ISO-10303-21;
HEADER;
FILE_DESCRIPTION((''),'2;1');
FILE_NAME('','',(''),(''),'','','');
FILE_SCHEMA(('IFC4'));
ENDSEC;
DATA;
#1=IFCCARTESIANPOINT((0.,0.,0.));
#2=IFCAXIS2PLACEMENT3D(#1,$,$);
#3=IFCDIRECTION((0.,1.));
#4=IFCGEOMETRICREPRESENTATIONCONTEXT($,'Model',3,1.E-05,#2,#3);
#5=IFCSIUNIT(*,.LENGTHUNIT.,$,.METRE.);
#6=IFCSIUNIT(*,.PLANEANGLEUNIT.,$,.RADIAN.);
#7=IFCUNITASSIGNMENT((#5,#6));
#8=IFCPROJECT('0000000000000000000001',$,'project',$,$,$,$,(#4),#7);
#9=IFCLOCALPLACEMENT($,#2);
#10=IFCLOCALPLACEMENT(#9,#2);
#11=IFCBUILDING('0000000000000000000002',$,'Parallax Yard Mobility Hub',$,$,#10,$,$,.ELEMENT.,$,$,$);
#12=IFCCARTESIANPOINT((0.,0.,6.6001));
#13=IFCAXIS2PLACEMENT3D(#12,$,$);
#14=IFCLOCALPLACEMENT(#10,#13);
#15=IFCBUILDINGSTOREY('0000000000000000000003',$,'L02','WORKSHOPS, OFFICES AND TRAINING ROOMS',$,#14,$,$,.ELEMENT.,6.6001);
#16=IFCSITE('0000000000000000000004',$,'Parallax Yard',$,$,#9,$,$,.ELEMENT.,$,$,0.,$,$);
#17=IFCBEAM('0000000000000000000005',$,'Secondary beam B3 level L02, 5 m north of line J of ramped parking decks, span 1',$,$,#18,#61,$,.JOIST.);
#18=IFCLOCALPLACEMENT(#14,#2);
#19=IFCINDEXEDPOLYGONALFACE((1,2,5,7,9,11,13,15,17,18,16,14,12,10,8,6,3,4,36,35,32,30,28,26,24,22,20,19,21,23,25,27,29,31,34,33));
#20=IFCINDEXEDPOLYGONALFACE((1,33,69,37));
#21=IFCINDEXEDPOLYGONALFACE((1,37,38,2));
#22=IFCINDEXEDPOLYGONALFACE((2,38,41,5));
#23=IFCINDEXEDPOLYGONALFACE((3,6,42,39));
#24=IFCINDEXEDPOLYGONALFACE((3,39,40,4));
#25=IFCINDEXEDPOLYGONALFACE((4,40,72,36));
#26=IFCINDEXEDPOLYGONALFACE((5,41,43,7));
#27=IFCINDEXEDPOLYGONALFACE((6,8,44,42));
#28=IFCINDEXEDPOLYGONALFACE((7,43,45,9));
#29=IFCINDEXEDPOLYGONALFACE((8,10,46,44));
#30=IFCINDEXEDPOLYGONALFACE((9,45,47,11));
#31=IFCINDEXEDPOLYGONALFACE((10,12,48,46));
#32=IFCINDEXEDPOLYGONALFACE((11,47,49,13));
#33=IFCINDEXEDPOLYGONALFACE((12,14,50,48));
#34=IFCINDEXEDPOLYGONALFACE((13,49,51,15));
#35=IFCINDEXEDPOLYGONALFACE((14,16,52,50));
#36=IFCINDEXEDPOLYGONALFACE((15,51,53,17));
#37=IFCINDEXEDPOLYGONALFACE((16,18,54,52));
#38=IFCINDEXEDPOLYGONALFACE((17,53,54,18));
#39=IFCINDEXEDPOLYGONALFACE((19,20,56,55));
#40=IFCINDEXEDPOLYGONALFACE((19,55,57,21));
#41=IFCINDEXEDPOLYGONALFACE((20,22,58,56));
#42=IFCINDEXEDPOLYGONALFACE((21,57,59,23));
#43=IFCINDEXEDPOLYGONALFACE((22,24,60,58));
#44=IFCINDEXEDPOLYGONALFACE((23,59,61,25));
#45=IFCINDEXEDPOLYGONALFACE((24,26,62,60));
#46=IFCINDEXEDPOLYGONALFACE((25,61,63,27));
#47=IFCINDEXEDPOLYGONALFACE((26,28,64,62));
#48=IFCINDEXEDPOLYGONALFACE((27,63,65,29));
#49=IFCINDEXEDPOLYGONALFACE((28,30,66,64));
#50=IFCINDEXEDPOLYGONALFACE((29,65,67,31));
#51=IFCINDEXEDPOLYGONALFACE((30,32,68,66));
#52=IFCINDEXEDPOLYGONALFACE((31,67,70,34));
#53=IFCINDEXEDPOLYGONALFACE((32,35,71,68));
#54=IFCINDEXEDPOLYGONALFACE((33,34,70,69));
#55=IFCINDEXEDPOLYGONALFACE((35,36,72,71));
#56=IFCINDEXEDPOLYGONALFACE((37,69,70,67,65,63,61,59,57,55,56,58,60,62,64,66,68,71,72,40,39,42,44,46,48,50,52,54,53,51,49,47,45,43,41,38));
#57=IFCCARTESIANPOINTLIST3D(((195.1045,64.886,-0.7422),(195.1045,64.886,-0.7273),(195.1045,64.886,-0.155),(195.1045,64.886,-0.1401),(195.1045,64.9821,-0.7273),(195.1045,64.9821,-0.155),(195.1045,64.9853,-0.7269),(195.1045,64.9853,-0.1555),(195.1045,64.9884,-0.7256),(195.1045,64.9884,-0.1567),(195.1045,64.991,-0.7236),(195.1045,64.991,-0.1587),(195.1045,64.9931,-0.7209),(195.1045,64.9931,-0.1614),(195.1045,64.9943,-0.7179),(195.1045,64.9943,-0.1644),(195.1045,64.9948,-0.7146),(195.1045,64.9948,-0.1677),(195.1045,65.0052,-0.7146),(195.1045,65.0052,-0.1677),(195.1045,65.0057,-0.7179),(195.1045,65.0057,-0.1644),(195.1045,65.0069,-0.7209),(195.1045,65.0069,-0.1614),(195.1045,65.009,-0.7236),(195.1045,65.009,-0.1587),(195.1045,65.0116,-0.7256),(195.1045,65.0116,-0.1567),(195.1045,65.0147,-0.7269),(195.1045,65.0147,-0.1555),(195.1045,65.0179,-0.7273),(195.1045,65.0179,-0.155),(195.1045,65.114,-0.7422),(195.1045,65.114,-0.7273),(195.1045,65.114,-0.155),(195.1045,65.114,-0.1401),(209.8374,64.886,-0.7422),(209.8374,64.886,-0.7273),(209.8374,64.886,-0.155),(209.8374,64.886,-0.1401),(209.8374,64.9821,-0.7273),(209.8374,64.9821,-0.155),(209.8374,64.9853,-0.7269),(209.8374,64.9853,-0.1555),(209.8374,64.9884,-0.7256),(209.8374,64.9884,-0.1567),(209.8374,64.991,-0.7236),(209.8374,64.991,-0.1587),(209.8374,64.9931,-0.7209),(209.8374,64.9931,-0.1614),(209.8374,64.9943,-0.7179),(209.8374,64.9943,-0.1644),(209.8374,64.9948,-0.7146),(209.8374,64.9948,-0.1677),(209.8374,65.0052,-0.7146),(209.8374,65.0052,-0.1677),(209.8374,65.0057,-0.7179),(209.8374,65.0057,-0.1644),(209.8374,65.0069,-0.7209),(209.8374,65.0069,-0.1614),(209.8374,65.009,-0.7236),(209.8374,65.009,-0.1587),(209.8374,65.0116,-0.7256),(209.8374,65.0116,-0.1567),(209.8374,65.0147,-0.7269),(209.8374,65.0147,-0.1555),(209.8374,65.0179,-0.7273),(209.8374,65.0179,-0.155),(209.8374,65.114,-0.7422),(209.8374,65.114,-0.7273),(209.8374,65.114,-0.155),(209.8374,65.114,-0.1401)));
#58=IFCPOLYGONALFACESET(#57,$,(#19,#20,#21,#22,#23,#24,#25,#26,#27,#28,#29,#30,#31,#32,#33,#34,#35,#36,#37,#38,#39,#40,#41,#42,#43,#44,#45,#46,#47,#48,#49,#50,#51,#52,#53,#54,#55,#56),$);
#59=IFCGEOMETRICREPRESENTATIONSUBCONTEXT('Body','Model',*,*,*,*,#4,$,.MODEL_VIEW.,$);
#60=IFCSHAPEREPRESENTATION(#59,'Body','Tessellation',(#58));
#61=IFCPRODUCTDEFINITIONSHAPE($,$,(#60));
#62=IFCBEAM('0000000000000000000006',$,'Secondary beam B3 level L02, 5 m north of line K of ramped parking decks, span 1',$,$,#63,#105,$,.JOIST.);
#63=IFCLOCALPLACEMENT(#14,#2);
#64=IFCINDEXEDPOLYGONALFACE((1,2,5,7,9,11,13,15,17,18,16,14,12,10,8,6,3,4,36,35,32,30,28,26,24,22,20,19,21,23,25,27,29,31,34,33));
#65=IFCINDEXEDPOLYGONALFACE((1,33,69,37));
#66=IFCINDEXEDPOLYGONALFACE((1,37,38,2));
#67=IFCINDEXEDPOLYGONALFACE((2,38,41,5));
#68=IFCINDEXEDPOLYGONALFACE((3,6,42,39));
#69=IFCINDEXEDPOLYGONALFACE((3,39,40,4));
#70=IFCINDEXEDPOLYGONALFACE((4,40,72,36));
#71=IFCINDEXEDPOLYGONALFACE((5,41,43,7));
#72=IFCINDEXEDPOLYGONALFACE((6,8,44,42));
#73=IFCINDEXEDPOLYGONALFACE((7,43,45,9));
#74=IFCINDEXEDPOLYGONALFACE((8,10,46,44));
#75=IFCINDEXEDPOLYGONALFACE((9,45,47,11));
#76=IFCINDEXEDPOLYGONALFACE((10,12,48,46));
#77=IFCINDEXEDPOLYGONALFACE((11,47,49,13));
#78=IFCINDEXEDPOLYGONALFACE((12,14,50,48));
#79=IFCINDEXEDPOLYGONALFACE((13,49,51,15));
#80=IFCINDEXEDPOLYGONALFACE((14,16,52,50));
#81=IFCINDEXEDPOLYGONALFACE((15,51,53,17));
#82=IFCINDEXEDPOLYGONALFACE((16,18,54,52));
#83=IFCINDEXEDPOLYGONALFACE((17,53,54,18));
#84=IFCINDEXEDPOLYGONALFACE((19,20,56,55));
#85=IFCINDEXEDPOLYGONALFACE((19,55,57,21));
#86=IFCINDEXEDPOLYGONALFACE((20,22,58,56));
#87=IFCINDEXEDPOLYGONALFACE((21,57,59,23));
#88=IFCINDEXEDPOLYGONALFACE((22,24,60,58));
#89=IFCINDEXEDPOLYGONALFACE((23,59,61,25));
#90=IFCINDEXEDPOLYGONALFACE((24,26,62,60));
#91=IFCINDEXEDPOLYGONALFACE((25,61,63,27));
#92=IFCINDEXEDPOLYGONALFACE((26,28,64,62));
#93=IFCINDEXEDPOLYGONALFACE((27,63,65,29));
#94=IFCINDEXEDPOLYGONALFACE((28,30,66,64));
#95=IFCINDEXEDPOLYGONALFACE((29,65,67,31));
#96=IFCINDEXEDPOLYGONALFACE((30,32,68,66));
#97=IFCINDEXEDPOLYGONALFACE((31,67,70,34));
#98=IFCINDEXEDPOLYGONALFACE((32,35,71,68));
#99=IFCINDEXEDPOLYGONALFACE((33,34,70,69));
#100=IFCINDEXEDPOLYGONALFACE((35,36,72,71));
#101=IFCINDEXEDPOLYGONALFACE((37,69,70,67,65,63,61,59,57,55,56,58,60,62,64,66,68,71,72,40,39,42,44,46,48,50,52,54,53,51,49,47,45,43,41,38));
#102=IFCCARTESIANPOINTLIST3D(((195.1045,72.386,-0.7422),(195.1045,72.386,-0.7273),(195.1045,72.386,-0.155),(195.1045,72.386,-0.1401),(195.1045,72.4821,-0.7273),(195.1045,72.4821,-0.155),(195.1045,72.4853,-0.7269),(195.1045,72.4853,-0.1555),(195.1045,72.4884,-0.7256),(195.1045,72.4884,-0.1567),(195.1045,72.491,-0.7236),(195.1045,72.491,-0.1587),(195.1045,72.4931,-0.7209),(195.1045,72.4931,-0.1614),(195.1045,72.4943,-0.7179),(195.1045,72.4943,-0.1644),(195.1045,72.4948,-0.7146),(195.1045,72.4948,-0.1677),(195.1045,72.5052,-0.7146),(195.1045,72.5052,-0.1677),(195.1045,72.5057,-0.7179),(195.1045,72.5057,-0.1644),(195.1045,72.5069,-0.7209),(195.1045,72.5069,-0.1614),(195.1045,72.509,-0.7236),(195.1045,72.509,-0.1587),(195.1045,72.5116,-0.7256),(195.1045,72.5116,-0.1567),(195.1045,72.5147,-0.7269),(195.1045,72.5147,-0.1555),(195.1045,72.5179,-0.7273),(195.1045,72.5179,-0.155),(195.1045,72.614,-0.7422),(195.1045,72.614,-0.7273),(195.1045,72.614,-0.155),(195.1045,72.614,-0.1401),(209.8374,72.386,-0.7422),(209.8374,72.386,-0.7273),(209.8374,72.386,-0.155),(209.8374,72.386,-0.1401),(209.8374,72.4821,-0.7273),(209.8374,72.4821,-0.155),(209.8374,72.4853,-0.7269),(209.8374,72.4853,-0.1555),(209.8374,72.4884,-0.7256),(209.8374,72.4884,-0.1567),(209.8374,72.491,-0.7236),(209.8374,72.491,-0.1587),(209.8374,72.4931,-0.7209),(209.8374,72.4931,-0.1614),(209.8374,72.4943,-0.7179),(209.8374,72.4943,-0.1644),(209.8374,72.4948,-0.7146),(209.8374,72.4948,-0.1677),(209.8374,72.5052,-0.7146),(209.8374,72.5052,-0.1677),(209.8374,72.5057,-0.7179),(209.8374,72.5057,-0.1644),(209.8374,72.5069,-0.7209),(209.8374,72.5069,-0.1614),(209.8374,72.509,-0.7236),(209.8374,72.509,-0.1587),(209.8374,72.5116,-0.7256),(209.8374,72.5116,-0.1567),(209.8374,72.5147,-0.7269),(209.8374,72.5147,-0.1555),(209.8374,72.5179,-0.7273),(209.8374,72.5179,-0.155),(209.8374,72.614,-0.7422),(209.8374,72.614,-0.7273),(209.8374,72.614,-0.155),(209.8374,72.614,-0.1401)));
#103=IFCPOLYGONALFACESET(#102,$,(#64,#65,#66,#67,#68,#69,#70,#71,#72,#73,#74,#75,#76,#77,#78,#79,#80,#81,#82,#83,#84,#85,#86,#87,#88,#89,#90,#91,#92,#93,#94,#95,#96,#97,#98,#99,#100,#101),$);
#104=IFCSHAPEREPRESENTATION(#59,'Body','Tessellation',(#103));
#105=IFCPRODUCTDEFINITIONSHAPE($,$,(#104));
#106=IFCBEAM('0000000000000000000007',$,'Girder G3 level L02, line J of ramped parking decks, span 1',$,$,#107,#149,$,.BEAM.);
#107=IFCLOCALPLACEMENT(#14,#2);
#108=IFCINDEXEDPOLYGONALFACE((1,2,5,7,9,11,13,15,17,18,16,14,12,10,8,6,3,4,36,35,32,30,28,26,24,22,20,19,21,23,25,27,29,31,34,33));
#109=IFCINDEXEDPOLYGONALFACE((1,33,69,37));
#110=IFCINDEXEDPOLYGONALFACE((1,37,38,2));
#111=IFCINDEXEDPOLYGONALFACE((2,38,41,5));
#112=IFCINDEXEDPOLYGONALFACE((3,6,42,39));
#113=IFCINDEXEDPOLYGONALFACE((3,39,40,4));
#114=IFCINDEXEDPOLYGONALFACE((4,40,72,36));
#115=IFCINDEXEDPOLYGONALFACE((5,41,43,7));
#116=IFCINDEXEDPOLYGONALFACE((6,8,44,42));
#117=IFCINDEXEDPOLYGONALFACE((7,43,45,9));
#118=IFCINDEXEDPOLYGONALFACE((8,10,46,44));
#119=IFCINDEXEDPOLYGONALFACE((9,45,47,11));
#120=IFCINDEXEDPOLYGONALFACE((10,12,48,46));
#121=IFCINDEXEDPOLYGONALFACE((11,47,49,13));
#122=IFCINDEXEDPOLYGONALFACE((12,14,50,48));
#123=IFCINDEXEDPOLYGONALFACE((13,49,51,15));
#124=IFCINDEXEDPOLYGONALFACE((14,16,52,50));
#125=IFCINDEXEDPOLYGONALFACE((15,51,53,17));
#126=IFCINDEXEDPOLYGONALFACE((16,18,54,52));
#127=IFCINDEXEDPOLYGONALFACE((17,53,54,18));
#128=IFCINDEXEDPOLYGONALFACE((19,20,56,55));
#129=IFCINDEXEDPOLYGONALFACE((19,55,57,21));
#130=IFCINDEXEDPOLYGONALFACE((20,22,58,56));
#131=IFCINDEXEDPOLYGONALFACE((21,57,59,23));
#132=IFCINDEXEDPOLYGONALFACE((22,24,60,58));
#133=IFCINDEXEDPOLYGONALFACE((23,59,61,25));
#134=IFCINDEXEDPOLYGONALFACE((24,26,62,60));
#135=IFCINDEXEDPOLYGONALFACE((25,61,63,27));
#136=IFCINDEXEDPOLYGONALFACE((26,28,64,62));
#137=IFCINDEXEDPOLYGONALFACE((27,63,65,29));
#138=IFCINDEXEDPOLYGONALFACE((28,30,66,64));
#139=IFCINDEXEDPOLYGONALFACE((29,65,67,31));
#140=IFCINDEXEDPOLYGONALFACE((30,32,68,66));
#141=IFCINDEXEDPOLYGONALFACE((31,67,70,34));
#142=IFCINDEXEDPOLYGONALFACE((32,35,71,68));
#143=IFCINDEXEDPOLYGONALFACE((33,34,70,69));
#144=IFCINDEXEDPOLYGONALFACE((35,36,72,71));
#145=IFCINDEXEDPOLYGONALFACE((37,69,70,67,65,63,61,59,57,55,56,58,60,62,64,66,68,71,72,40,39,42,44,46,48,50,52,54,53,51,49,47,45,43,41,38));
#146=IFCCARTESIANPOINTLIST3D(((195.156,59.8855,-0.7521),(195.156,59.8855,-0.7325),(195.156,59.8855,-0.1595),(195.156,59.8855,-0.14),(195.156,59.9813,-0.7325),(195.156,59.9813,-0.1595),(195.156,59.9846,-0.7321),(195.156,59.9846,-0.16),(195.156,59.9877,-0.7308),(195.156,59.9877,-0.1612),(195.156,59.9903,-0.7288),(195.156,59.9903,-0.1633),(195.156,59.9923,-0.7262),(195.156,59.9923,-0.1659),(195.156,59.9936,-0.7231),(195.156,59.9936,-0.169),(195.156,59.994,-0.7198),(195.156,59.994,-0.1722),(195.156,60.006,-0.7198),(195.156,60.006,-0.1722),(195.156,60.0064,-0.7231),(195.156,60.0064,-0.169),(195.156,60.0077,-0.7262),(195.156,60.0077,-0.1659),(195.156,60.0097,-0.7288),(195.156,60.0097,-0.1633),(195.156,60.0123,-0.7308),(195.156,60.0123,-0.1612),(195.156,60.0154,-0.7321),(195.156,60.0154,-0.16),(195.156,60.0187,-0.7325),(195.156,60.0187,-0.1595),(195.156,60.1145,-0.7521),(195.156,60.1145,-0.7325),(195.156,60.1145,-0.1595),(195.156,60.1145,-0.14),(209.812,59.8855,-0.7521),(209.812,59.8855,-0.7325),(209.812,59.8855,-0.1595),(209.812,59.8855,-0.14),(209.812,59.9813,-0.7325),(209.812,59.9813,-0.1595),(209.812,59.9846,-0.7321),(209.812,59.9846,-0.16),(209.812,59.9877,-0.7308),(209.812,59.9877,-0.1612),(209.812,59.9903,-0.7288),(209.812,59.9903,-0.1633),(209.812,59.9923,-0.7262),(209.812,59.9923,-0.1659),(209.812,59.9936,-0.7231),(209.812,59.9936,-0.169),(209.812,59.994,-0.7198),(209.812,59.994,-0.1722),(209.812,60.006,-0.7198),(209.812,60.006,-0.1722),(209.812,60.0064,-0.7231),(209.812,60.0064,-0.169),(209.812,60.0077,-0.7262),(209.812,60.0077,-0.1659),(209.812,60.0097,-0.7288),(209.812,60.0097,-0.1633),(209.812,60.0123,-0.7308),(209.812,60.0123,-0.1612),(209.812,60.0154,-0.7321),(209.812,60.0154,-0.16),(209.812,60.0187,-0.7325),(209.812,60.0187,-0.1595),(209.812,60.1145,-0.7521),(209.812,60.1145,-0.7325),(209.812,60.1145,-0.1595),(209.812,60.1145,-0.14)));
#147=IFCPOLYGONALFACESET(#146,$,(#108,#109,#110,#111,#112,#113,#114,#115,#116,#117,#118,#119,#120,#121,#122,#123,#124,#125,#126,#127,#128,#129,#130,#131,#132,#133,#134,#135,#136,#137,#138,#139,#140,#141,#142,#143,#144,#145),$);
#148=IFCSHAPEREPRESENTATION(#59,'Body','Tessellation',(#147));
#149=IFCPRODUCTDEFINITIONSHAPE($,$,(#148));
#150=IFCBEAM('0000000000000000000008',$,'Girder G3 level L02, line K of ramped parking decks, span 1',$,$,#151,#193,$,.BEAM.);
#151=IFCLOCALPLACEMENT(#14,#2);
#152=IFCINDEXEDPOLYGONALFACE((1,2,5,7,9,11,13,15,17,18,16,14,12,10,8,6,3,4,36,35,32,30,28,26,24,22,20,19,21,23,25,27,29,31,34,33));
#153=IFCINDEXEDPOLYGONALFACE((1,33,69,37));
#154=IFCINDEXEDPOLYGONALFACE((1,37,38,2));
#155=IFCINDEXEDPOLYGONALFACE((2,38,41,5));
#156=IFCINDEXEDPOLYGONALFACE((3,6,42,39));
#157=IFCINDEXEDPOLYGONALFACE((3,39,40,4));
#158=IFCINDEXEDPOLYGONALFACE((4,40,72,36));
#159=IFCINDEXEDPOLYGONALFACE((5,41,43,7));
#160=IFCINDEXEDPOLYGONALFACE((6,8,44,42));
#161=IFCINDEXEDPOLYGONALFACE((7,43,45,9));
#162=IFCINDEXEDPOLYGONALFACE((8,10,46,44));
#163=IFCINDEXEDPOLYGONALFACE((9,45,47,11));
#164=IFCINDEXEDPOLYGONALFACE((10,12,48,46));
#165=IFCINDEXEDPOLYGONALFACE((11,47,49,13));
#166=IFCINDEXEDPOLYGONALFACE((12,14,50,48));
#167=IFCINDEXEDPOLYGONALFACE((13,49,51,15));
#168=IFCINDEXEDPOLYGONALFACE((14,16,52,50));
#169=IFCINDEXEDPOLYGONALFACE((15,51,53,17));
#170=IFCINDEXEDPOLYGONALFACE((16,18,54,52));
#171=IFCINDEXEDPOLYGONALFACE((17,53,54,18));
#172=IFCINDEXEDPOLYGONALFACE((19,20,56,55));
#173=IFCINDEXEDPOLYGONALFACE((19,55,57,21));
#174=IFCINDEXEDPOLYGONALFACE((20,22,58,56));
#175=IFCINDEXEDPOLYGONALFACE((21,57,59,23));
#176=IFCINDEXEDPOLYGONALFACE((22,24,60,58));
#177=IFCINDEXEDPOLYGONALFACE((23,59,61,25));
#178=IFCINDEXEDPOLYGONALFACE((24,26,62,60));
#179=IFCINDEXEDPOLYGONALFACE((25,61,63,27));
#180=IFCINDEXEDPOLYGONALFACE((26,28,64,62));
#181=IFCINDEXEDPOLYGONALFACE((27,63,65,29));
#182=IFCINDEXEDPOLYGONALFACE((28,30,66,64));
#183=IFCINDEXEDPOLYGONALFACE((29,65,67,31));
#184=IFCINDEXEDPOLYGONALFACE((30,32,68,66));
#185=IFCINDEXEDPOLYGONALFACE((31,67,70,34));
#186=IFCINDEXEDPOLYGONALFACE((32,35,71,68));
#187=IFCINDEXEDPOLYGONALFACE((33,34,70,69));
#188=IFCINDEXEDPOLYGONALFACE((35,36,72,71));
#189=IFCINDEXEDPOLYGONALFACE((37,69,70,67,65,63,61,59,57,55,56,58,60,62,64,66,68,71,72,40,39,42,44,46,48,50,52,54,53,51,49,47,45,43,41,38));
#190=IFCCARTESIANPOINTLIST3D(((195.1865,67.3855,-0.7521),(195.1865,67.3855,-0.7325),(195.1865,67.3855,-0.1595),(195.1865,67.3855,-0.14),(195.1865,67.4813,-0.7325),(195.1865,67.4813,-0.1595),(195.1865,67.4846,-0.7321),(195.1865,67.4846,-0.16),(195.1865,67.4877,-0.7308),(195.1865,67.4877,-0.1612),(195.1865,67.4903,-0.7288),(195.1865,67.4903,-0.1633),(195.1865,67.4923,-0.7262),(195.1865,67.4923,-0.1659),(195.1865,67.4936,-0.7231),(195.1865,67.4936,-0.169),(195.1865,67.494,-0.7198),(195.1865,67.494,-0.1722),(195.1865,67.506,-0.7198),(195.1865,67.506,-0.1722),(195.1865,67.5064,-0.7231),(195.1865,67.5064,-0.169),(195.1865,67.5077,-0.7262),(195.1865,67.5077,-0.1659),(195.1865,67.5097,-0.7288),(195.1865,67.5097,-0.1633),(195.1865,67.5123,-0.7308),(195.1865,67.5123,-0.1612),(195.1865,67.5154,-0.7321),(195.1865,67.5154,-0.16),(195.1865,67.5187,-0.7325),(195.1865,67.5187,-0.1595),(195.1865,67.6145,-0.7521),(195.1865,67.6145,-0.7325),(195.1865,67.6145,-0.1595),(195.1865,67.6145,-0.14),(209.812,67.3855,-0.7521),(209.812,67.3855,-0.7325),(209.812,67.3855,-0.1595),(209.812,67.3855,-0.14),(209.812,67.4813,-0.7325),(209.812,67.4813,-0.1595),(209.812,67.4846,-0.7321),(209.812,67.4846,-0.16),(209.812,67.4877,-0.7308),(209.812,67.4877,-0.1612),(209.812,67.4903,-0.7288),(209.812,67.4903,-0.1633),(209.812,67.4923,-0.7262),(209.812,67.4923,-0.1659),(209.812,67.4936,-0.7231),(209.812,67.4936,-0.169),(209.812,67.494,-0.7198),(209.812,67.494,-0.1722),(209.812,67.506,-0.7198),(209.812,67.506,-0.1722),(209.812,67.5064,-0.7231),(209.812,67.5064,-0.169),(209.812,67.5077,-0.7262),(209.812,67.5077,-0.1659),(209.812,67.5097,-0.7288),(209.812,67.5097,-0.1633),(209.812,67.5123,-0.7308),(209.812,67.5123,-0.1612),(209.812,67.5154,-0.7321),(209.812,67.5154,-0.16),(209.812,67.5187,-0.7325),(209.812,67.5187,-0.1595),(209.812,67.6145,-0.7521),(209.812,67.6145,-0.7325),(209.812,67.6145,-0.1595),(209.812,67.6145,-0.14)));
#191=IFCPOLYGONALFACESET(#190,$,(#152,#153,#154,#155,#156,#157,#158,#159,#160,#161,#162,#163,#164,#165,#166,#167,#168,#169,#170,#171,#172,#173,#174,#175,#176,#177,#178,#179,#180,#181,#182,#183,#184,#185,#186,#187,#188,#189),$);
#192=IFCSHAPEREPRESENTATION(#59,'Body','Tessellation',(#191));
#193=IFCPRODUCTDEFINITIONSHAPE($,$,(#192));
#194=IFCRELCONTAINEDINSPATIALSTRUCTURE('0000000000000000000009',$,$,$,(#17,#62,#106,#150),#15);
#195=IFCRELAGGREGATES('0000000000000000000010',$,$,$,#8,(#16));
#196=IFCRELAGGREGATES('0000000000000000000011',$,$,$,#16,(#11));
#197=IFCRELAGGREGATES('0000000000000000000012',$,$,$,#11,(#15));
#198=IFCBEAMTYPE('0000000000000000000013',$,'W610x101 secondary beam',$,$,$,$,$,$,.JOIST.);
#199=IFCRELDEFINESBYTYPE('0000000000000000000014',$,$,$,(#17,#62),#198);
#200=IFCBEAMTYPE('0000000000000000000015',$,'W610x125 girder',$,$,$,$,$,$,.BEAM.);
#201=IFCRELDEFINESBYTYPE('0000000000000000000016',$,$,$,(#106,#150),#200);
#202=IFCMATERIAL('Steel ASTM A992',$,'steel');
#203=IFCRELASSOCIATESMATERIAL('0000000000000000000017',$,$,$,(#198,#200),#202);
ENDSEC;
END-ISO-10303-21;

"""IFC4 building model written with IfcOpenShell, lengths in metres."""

from ifc_helpers import new_model, si_unit, direction, frame, origin, origin_2d, place, context, subcontext, project, spatial, i_section, extrude, material, material_profile, profile_set, type_object, element, save


model = new_model("IFC4")

# Units and contexts
model_context = context("Model", 3, precision=1e-05, world=origin(), true_north=direction((0.0, 1.0)))
body_context = subcontext(model_context, "Body", "Model", "MODEL_VIEW")
ifc_project = project(units=[si_unit("LENGTHUNIT", "METRE"), si_unit("PLANEANGLEUNIT", "RADIAN")], contexts=[model_context])

# Site, building, storey
site_placement = place(None, origin())
site = spatial("IfcSite", under=ifc_project, at=site_placement, Name="Parallax Yard", CompositionType="ELEMENT", RefElevation=0.0)
building_placement = place(site_placement, origin())
building = spatial("IfcBuilding", under=site, at=building_placement, Name="Parallax Yard Mobility Hub", CompositionType="ELEMENT")
storey_placement = place(building_placement, frame((0.0, 0.0, 6.6001)))
storey = spatial("IfcBuildingStorey", under=building, at=storey_placement, Name="L02", Description="WORKSHOPS, OFFICES AND TRAINING ROOMS", CompositionType="ELEMENT", Elevation=6.6001)

# Shared definitions
ifc_material_1 = material(Name="Steel ASTM A992", Category="steel")

# Beams
ifc_material_profile_1 = material_profile(ifc_material_1, i_section(OverallWidth=0.228, OverallDepth=0.6021, WebThickness=0.0105, FlangeThickness=0.0149, FilletRadius=0.0127, at=origin_2d()), Name="W610x101")
ifc_profile_set_1 = profile_set([ifc_material_profile_1], Name="Steel ASTM A992")
beam_type_1 = type_object("IfcBeamType", Name="W610x101 secondary beam", PredefinedType="JOIST", material=ifc_profile_set_1)
for number, where, z_axis, x_axis, name in (
    (1, (195.1045, 65.0, -0.4412), (1.0, 0.0, 0.0), (0.0, 1.0, 0.0), "Secondary beam B3 level L02, 5 m north of line J of ramped parking decks, span 1"),
    (2, (195.1045, 72.5, -0.4412), (1.0, 0.0, 0.0), (0.0, 1.0, 0.0), "Secondary beam B3 level L02, 5 m north of line K of ramped parking decks, span 1"),
):
    element("IfcBeam", number, at=place(storey_placement, frame(where, z_axis=z_axis, x_axis=x_axis)), inside=storey, type_object=beam_type_1, Name=name, PredefinedType="JOIST", context=body_context, shape_type="SweptSolid", body=[
        extrude(i_section(OverallWidth=0.228, OverallDepth=0.6021, WebThickness=0.0105, FlangeThickness=0.0149, FilletRadius=0.0127, at=origin_2d()), origin(), (0.0, 0.0, 1.0), 14.7329),
    ])
ifc_material_profile_2 = material_profile(ifc_material_1, i_section(OverallWidth=0.229, OverallDepth=0.6121, WebThickness=0.012, FlangeThickness=0.0195, FilletRadius=0.0127, at=origin_2d()), Name="W610x125")
ifc_profile_set_2 = profile_set([ifc_material_profile_2], Name="Steel ASTM A992")
beam_type_2 = type_object("IfcBeamType", Name="W610x125 girder", PredefinedType="BEAM", material=ifc_profile_set_2)
beam_1_placement = place(storey_placement, frame((195.156, 60.0, -0.446), z_axis=(1.0, 0.0, 0.0), x_axis=(0.0, 1.0, 0.0)))
element("IfcBeam", 3, at=beam_1_placement, inside=storey, type_object=beam_type_2, Name="Girder G3 level L02, line J of ramped parking decks, span 1", PredefinedType="BEAM", context=body_context, shape_type="SweptSolid", body=[
    extrude(i_section(OverallWidth=0.229, OverallDepth=0.6121, WebThickness=0.012, FlangeThickness=0.0195, FilletRadius=0.0127, at=origin_2d()), origin(), (0.0, 0.0, 1.0), 14.656),
])
beam_2_placement = place(storey_placement, frame((195.1865, 67.5, -0.446), z_axis=(1.0, 0.0, 0.0), x_axis=(0.0, 1.0, 0.0)))
element("IfcBeam", 4, at=beam_2_placement, inside=storey, type_object=beam_type_2, Name="Girder G3 level L02, line K of ramped parking decks, span 1", PredefinedType="BEAM", context=body_context, shape_type="SweptSolid", body=[
    extrude(i_section(OverallWidth=0.229, OverallDepth=0.6121, WebThickness=0.012, FlangeThickness=0.0195, FilletRadius=0.0127, at=origin_2d()), origin(), (0.0, 0.0, 1.0), 14.6255),
])

save(model, "model.ifc")
